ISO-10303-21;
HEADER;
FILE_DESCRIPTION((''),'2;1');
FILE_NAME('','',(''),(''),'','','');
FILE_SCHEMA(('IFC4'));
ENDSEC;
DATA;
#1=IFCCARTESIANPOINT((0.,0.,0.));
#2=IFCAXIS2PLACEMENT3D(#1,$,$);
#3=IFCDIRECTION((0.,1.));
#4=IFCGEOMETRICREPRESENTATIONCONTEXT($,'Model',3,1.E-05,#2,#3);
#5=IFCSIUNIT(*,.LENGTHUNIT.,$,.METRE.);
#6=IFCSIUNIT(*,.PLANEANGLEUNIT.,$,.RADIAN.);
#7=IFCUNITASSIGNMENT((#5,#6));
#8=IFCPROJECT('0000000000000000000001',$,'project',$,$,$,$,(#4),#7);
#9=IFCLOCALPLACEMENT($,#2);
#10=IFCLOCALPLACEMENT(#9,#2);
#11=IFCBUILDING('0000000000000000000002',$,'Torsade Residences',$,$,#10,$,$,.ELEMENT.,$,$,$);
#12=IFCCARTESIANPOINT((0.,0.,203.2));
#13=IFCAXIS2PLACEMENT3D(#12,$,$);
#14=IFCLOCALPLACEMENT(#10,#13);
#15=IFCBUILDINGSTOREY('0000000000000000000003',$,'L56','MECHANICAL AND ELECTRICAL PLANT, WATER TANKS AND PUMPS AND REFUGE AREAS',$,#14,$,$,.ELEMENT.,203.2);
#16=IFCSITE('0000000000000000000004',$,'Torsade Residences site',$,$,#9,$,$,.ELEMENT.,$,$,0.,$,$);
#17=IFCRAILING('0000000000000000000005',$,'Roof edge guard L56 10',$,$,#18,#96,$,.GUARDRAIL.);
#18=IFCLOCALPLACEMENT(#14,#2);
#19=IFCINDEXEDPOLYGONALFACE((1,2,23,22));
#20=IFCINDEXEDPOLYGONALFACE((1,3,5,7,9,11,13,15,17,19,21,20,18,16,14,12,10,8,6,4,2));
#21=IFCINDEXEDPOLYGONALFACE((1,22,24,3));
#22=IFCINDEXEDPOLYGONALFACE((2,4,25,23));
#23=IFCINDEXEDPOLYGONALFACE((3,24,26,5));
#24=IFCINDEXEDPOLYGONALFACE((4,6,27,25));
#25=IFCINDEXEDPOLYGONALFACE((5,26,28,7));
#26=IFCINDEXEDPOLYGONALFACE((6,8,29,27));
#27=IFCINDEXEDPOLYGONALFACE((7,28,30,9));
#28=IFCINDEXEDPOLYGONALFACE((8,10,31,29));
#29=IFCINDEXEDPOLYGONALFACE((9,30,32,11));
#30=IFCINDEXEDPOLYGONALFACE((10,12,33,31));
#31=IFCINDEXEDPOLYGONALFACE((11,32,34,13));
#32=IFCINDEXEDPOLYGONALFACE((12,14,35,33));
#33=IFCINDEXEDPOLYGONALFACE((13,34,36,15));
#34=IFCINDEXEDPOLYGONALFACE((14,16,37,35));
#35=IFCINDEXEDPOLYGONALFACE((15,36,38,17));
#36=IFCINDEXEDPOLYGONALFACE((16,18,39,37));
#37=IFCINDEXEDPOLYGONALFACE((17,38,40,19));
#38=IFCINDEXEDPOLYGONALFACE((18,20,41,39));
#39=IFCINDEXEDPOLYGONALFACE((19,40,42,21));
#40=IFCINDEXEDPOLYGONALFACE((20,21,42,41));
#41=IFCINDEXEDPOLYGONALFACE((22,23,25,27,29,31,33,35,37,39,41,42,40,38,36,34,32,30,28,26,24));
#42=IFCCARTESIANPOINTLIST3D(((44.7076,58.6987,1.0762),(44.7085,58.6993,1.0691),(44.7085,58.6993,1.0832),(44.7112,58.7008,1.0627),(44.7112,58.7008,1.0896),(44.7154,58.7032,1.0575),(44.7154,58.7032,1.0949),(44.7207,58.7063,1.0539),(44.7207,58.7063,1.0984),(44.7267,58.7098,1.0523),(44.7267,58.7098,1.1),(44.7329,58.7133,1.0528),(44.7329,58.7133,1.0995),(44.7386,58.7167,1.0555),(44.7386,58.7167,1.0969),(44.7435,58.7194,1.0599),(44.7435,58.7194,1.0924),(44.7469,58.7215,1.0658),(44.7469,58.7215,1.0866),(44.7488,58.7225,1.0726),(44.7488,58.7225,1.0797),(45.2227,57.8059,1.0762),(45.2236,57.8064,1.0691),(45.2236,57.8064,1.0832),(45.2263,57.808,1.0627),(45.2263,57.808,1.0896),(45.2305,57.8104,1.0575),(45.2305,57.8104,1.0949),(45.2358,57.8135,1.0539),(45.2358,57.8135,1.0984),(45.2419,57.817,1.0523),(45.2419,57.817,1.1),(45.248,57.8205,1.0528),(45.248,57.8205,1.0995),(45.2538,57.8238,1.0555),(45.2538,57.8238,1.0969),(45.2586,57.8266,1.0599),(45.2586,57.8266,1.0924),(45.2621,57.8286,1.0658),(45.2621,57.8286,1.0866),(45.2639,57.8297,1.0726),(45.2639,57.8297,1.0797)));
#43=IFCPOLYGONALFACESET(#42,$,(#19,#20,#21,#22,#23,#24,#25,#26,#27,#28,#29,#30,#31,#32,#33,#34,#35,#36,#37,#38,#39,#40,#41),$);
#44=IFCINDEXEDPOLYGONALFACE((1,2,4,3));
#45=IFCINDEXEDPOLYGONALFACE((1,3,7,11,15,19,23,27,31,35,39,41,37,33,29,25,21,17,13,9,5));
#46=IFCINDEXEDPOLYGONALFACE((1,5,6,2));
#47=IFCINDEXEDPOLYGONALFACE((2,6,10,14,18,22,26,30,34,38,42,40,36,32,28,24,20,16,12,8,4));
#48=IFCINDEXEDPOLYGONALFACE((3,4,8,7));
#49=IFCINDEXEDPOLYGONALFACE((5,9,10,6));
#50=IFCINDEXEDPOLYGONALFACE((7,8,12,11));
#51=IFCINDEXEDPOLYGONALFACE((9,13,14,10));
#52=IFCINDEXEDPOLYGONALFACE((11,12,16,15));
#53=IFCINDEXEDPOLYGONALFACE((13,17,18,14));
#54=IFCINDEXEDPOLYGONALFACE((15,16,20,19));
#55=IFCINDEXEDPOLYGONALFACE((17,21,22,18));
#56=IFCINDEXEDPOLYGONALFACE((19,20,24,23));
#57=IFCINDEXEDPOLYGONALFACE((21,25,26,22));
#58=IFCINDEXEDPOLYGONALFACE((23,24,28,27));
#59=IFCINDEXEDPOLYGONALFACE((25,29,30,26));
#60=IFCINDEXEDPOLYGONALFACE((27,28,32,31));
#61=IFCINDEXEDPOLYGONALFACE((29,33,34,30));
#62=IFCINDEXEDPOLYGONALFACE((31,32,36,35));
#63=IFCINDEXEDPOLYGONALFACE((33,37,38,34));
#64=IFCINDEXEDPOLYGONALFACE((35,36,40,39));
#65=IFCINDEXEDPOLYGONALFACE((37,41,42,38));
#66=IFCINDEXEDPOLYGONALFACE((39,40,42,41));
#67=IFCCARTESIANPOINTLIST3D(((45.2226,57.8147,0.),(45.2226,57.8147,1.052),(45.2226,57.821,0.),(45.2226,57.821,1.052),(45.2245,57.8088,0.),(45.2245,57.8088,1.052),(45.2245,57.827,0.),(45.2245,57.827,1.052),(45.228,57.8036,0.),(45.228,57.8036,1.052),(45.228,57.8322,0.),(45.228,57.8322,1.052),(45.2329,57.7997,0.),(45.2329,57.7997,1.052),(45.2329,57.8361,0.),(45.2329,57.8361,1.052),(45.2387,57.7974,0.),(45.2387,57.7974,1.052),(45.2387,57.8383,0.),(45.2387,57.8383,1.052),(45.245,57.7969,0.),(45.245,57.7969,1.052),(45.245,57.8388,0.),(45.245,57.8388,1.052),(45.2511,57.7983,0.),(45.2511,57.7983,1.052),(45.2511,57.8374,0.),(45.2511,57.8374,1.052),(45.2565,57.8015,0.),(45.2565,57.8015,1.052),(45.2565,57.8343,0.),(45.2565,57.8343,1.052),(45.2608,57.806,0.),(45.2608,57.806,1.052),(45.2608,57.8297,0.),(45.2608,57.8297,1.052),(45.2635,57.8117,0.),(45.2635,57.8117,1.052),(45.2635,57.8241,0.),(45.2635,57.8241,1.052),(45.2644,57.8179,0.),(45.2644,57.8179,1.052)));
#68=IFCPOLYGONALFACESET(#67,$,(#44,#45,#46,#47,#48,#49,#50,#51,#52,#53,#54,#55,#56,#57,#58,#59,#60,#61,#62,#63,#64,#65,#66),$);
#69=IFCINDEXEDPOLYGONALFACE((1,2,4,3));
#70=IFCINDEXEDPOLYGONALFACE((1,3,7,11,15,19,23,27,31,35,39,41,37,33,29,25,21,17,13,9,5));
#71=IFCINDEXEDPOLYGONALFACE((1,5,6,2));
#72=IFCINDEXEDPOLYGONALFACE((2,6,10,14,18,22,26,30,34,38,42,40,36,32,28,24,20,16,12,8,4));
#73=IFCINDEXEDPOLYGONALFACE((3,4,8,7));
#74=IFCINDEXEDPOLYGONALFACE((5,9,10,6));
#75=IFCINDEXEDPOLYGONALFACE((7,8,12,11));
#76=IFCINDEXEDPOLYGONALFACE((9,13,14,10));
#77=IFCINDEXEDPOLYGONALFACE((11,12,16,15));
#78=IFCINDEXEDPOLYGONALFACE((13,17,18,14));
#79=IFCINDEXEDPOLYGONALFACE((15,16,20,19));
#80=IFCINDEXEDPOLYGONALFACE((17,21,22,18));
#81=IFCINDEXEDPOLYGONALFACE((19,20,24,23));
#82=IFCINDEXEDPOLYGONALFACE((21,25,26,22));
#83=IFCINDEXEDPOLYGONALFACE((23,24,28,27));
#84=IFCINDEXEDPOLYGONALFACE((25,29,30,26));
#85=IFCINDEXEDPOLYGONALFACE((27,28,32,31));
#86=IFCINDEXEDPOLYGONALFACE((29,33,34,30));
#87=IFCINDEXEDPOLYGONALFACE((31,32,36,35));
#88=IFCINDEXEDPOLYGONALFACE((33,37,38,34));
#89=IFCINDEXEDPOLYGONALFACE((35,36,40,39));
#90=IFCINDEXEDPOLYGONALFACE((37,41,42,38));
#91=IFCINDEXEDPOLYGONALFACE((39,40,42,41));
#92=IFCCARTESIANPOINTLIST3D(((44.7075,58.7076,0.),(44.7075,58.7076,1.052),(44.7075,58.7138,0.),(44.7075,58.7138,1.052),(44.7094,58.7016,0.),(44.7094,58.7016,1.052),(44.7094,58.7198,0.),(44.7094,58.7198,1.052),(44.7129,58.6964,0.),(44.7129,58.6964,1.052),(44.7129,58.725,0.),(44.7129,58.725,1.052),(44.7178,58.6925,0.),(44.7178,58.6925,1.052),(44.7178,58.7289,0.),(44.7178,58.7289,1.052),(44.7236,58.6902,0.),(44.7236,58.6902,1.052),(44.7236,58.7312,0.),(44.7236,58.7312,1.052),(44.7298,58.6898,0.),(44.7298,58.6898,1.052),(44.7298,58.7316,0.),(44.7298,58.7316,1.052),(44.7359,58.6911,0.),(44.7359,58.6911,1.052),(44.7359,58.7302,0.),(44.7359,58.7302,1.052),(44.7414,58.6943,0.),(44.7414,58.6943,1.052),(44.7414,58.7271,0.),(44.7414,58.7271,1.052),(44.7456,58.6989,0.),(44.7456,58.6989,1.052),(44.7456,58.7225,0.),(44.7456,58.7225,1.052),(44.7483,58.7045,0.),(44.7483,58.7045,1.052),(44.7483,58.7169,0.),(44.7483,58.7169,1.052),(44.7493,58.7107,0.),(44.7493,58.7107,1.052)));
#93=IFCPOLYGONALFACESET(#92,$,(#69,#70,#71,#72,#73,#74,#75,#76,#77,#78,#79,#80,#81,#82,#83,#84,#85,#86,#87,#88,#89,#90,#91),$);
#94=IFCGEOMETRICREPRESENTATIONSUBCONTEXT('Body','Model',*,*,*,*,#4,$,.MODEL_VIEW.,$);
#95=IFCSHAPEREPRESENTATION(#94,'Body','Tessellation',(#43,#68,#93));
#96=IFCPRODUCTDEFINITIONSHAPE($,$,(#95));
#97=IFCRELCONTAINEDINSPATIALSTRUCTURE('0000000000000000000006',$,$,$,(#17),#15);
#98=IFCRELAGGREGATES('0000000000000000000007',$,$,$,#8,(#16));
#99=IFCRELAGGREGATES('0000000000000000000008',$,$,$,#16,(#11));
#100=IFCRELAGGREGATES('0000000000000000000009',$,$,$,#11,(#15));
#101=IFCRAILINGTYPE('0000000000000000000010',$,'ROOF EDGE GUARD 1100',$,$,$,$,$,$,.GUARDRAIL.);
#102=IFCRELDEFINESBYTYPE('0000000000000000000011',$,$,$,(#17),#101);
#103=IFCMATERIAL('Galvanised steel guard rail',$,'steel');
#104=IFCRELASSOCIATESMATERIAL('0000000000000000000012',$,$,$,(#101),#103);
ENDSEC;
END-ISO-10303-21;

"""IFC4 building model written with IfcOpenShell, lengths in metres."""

from ifc_helpers import new_model, si_unit, direction, frame, origin, origin_2d, place, context, subcontext, project, spatial, circle, extrude, material, type_object, element, save


model = new_model("IFC4")

# Units and contexts
model_context = context("Model", 3, precision=1e-05, world=origin(), true_north=direction((0.0, 1.0)))
body_context = subcontext(model_context, "Body", "Model", "MODEL_VIEW")
ifc_project = project(units=[si_unit("LENGTHUNIT", "METRE"), si_unit("PLANEANGLEUNIT", "RADIAN")], contexts=[model_context])

# Site, building, storey
site_placement = place(None, origin())
site = spatial("IfcSite", under=ifc_project, at=site_placement, Name="Torsade Residences site", CompositionType="ELEMENT", RefElevation=0.0)
building_placement = place(site_placement, origin())
building = spatial("IfcBuilding", under=site, at=building_placement, Name="Torsade Residences", CompositionType="ELEMENT")
storey_placement = place(building_placement, frame((0.0, 0.0, 203.2)))
storey = spatial("IfcBuildingStorey", under=building, at=storey_placement, Name="L56", Description="MECHANICAL AND ELECTRICAL PLANT, WATER TANKS AND PUMPS AND REFUGE AREAS", CompositionType="ELEMENT", Elevation=203.2)

# Railing
ifc_material_1 = material(Name="Galvanised steel guard rail", Category="steel")
railing_type = type_object("IfcRailingType", Name="ROOF EDGE GUARD 1100", PredefinedType="GUARDRAIL", material=ifc_material_1)
railing_1_placement = place(storey_placement, frame((45.2434, 57.8179, 0.0)))
element("IfcRailing", 1, at=railing_1_placement, inside=storey, type_object=railing_type, Name="Roof edge guard L56 10", PredefinedType="GUARDRAIL", context=body_context, shape_type="SweptSolid", body=[
    extrude(circle(Radius=0.0239, at=origin_2d()), frame((0.0, 0.0, 1.0762), z_axis=(-0.499757, 0.866166, 0.0), x_axis=(-0.866166, -0.499757, 0.0)), (0.0, 0.0, 1.0), 1.0308),
    extrude(circle(Radius=0.021, at=origin_2d()), origin(), (0.0, 0.0, 1.0), 1.052),
    extrude(circle(Radius=0.021, at=origin_2d()), frame((-0.5151, 0.8928, 0.0)), (0.0, 0.0, 1.0), 1.052),
])

save(model, "model.ifc")
